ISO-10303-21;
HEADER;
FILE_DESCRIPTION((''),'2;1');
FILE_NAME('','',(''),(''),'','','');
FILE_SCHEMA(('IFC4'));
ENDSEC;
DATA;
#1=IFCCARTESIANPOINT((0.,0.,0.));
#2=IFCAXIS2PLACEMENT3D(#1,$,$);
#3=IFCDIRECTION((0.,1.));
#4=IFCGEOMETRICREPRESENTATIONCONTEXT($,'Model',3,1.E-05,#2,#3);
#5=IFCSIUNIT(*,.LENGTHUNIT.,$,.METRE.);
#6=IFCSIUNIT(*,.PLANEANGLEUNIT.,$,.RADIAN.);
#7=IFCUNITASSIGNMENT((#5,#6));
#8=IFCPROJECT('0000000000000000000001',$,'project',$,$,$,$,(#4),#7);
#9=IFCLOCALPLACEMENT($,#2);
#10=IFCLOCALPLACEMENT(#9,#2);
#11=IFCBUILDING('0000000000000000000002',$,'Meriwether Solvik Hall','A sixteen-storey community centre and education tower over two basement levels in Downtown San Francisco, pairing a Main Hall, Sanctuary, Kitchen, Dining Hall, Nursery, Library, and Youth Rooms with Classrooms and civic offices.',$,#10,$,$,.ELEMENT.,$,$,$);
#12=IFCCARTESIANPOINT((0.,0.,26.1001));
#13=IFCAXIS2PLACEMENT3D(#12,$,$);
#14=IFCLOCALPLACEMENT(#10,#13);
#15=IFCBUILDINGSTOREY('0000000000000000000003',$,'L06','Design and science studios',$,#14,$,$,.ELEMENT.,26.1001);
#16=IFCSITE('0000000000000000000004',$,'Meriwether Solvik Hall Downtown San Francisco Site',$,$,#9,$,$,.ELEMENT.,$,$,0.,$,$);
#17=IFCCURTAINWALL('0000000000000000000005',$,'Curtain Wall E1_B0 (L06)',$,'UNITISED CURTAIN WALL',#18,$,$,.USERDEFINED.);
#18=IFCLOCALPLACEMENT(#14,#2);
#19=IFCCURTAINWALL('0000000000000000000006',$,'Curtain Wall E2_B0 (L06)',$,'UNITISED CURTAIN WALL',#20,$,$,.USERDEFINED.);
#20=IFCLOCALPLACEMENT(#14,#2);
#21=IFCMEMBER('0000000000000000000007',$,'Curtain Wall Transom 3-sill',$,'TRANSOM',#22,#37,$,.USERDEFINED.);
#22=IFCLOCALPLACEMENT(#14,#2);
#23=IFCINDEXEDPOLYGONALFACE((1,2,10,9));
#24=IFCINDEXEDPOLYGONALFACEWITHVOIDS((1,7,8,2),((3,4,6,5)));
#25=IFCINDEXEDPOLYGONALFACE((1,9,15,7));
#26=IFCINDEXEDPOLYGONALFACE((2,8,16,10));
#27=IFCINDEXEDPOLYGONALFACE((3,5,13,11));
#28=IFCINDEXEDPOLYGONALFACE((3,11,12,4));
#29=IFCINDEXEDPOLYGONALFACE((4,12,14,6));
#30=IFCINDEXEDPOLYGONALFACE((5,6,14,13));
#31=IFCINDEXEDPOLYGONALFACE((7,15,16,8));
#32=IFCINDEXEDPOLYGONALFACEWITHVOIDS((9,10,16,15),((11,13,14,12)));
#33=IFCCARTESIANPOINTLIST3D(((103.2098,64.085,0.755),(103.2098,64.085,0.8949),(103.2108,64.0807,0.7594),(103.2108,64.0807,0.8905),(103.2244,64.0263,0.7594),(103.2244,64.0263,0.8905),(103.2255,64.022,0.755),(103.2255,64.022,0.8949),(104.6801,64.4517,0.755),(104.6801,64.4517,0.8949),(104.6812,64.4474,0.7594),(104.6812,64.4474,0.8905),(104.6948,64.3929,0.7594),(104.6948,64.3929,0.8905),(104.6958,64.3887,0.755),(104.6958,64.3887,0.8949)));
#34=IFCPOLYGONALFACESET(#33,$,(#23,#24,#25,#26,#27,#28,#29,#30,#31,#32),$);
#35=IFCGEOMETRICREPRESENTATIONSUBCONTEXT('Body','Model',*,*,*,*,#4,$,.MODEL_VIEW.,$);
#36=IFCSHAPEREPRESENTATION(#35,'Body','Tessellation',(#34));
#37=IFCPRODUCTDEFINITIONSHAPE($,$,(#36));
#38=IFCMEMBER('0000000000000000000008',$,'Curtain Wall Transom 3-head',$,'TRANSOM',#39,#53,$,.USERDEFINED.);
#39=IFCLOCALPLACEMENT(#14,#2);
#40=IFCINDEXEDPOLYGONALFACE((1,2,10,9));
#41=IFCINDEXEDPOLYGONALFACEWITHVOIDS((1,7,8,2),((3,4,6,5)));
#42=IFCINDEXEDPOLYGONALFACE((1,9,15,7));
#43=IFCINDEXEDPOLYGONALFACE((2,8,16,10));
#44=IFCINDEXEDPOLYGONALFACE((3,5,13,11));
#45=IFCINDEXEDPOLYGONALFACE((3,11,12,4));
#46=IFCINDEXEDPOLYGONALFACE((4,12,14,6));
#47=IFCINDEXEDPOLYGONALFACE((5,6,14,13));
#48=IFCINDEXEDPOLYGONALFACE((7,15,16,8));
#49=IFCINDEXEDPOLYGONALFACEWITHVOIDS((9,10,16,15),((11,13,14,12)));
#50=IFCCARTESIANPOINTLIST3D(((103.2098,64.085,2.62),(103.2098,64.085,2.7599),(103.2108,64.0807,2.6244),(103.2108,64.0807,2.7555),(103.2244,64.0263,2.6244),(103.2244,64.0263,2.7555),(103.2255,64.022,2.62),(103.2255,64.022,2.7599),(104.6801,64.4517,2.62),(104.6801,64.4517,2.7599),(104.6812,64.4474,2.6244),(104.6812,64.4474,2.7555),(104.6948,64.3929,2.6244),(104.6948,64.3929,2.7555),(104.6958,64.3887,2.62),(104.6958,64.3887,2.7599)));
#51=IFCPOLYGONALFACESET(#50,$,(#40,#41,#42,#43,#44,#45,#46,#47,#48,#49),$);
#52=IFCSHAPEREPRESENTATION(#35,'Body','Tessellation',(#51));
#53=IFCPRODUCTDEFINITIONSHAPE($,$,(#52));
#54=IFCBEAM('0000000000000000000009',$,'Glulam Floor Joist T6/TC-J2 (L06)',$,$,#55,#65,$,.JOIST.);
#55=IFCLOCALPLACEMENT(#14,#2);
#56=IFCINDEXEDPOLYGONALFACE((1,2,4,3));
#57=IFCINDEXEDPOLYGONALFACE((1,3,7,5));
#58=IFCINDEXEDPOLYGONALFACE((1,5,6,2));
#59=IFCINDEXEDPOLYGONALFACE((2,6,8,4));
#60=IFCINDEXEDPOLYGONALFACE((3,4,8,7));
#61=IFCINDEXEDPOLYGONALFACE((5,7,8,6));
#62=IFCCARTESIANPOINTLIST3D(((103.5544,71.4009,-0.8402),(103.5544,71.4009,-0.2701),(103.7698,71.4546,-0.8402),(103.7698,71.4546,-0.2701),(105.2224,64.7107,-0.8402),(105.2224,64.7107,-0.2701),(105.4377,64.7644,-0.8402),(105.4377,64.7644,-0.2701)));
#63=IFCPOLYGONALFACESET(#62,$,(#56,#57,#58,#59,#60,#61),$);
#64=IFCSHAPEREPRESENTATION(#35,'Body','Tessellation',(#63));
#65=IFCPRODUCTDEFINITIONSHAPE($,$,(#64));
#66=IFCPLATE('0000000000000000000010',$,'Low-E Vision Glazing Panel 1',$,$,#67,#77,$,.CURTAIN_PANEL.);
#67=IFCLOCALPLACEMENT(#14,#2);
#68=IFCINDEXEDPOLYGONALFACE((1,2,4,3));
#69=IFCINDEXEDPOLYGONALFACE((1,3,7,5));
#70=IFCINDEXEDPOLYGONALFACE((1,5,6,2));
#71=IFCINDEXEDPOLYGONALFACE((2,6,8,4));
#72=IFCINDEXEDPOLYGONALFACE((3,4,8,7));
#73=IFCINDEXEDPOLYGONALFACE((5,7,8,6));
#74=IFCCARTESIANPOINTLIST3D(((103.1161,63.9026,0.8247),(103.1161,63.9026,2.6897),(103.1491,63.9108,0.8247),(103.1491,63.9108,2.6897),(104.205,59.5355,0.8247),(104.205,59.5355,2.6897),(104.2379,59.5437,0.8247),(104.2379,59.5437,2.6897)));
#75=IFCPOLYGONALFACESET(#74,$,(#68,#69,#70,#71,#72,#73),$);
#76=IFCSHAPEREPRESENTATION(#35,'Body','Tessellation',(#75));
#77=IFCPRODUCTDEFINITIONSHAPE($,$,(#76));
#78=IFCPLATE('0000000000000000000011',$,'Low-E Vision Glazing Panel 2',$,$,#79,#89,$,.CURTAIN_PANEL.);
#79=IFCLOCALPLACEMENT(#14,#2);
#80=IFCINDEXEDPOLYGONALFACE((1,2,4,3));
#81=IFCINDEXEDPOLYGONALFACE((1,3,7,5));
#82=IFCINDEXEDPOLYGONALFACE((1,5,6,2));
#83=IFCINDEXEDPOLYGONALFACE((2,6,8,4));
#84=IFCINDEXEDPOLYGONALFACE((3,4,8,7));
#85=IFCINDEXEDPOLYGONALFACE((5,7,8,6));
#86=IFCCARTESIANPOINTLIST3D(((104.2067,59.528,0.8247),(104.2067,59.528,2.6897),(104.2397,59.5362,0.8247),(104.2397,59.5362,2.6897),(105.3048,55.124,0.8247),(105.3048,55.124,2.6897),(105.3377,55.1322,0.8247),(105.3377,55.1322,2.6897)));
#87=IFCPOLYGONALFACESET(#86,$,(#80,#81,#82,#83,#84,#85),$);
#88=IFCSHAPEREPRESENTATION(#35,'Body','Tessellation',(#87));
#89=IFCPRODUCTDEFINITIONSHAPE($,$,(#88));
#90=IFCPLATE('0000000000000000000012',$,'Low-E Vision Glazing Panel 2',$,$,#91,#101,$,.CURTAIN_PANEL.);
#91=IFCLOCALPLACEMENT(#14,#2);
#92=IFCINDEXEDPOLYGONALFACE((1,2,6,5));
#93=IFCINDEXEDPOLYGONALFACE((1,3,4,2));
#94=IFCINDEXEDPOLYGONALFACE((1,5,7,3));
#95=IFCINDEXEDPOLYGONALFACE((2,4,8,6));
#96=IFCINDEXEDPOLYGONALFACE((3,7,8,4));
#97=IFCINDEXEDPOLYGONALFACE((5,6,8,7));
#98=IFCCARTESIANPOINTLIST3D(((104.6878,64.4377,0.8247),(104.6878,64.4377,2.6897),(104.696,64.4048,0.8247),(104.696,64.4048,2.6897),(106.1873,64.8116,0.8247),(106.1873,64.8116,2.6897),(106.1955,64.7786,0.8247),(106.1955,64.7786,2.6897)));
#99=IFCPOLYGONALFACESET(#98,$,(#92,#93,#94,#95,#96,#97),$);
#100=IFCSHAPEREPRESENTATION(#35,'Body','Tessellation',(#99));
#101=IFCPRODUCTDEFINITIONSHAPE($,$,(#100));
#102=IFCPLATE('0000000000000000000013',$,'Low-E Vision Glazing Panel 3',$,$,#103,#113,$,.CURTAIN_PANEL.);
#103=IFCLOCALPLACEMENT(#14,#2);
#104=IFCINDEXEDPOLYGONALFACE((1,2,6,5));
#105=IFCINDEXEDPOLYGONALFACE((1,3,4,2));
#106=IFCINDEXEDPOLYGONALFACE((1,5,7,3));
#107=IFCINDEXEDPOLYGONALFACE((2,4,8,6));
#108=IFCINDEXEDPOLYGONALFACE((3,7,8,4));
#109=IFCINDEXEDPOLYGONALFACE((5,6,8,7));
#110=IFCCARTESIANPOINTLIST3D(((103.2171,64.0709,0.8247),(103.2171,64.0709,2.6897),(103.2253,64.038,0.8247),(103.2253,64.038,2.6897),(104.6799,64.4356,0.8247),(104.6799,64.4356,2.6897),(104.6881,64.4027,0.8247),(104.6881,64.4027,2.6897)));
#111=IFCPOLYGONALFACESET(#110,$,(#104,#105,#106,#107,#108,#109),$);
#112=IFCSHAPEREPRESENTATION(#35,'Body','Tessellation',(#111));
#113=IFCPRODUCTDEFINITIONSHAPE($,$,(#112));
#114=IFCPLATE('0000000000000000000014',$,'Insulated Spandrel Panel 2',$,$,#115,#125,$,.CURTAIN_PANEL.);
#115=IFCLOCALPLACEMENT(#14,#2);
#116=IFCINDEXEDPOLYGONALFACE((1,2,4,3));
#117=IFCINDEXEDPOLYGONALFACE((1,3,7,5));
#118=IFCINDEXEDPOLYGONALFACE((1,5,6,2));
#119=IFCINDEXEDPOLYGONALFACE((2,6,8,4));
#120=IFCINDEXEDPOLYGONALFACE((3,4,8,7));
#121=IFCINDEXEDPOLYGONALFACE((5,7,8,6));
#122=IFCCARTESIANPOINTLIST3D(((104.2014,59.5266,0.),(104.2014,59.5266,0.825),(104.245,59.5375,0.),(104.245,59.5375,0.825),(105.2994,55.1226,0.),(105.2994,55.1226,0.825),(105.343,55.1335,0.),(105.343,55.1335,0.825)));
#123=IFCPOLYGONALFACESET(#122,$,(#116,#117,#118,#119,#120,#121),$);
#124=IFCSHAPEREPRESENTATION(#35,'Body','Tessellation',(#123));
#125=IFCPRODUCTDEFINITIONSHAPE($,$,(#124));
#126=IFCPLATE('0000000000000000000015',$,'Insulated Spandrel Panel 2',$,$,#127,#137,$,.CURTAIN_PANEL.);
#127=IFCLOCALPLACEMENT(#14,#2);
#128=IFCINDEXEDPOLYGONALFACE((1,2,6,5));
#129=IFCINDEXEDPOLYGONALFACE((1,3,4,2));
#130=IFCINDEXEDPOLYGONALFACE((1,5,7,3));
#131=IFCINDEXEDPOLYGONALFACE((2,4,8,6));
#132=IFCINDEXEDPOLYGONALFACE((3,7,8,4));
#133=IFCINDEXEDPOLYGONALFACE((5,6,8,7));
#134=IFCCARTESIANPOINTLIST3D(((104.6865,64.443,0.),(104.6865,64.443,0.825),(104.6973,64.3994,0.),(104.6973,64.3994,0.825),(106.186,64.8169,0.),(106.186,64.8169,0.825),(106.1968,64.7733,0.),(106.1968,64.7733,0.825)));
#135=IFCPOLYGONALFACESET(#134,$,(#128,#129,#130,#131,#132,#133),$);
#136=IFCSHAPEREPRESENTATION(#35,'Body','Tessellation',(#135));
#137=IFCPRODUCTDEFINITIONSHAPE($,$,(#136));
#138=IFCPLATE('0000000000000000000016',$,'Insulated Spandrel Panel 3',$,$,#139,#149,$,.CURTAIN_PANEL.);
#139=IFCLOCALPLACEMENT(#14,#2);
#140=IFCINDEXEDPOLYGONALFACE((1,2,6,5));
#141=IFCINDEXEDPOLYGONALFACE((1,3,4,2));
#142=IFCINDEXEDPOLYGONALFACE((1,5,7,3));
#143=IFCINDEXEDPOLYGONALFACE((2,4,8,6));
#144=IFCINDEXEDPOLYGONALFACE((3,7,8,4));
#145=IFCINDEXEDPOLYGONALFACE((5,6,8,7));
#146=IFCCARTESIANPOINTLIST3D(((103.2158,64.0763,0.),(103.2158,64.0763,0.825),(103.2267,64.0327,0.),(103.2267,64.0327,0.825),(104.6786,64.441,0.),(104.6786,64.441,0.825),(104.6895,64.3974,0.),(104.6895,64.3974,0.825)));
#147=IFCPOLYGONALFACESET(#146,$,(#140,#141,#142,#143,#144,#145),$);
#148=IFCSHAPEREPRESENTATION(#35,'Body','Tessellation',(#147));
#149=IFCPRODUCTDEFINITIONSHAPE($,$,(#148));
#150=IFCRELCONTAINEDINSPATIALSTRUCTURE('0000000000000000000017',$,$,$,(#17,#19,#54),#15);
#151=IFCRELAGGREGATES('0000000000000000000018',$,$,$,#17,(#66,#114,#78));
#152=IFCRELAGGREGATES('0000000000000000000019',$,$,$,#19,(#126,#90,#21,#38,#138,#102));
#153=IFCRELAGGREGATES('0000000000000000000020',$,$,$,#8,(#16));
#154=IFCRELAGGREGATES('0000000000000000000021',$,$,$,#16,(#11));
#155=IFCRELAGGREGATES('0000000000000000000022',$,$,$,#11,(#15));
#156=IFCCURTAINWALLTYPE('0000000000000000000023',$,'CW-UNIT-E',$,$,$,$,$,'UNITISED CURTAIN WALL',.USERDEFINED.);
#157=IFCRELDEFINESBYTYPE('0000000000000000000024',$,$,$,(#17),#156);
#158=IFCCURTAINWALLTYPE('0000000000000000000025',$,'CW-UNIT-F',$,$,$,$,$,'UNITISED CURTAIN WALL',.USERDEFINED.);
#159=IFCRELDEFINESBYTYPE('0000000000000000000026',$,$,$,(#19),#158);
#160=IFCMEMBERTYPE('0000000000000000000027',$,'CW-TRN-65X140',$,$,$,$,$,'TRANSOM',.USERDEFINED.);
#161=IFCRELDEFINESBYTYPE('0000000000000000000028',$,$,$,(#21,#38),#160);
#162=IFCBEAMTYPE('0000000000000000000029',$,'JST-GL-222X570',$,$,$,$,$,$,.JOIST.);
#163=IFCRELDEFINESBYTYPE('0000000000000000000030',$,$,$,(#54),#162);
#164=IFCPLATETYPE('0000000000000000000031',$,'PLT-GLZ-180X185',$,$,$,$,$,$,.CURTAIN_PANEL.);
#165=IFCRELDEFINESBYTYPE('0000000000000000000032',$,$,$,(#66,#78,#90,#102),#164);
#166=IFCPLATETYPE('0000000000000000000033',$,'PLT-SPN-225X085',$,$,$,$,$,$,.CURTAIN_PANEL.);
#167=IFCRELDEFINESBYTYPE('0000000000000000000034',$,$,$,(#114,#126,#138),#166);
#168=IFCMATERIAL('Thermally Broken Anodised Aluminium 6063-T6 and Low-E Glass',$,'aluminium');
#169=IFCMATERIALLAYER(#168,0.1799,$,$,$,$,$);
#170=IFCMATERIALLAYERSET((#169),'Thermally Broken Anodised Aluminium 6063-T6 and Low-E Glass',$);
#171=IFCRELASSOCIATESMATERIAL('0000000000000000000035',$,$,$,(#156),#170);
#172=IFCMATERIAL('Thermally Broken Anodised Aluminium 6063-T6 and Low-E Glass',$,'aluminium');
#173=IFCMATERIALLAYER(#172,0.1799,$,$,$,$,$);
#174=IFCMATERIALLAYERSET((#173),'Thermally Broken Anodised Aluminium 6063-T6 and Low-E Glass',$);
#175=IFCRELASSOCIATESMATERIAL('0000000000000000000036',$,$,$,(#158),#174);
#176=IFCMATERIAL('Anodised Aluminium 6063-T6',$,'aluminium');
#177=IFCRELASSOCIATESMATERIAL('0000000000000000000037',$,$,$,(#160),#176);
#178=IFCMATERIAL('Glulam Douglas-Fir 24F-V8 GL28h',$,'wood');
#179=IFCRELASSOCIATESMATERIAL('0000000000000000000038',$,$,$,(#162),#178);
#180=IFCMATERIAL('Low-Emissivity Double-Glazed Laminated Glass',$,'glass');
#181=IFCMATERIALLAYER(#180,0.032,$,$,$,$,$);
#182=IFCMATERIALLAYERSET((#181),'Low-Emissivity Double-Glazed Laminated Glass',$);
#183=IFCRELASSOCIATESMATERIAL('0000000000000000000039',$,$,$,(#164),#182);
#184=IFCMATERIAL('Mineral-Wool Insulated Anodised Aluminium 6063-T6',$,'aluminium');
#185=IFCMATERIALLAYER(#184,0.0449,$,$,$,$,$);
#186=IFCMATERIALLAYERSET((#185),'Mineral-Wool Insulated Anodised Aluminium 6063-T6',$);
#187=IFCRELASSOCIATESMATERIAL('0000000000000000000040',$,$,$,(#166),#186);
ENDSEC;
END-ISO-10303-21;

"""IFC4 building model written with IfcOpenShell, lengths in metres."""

from ifc_helpers import new_model, si_unit, direction, frame, origin, origin_2d, place, context, subcontext, project, spatial, rectangle, hollow_rectangle, extrude, material, layer, layer_set, material_profile, profile_set, type_object, element, aggregate, save


model = new_model("IFC4")

# Units and contexts
model_context = context("Model", 3, precision=1e-05, world=origin(), true_north=direction((0.0, 1.0)))
body_context = subcontext(model_context, "Body", "Model", "MODEL_VIEW")
ifc_project = project(units=[si_unit("LENGTHUNIT", "METRE"), si_unit("PLANEANGLEUNIT", "RADIAN")], contexts=[model_context])

# Site, building, storey
site_placement = place(None, origin())
site = spatial("IfcSite", under=ifc_project, at=site_placement, Name="Meriwether Solvik Hall Downtown San Francisco Site", CompositionType="ELEMENT", RefElevation=0.0)
building_placement = place(site_placement, origin())
building = spatial("IfcBuilding", under=site, at=building_placement, Name="Meriwether Solvik Hall", Description="A sixteen-storey community centre and education tower over two basement levels in Downtown San Francisco, pairing a Main Hall, Sanctuary, Kitchen, Dining Hall, Nursery, Library, and Youth Rooms with Classrooms and civic offices.", CompositionType="ELEMENT")
storey_placement = place(building_placement, frame((0.0, 0.0, 26.1001)))
storey = spatial("IfcBuildingStorey", under=building, at=storey_placement, Name="L06", Description="Design and science studios", CompositionType="ELEMENT", Elevation=26.1001)

# Curtain wall
ifc_material_1 = material(Name="Thermally Broken Anodised Aluminium 6063-T6 and Low-E Glass", Category="aluminium")
ifc_layer_1 = layer(ifc_material_1, 0.1799)
ifc_layer_set_1 = layer_set([ifc_layer_1], Name="Thermally Broken Anodised Aluminium 6063-T6 and Low-E Glass")
curtain_wall_type_1 = type_object("IfcCurtainWallType", Name="CW-UNIT-E", ElementType="UNITISED CURTAIN WALL", PredefinedType="USERDEFINED", material=ifc_layer_set_1)
curtain_wall_1_placement = place(storey_placement, origin())
curtain_wall_1 = element("IfcCurtainWall", 1, at=curtain_wall_1_placement, inside=storey, type_object=curtain_wall_type_1, Name="Curtain Wall E1_B0 (L06)", ObjectType="UNITISED CURTAIN WALL", PredefinedType="USERDEFINED")

# Curtain wall
ifc_material_2 = material(Name="Thermally Broken Anodised Aluminium 6063-T6 and Low-E Glass", Category="aluminium")
ifc_layer_2 = layer(ifc_material_2, 0.1799)
ifc_layer_set_2 = layer_set([ifc_layer_2], Name="Thermally Broken Anodised Aluminium 6063-T6 and Low-E Glass")
curtain_wall_type_2 = type_object("IfcCurtainWallType", Name="CW-UNIT-F", ElementType="UNITISED CURTAIN WALL", PredefinedType="USERDEFINED", material=ifc_layer_set_2)
curtain_wall_2_placement = place(storey_placement, origin())
curtain_wall_2 = element("IfcCurtainWall", 2, at=curtain_wall_2_placement, inside=storey, type_object=curtain_wall_type_2, Name="Curtain Wall E2_B0 (L06)", ObjectType="UNITISED CURTAIN WALL", PredefinedType="USERDEFINED")

# Members
ifc_material_3 = material(Name="Anodised Aluminium 6063-T6", Category="aluminium")
ifc_material_profile_1 = material_profile(ifc_material_3, hollow_rectangle(XDim=0.0649, YDim=0.1399, WallThickness=0.0044, at=origin_2d()), Name="CWT-65X140")
ifc_profile_set_1 = profile_set([ifc_material_profile_1], Name="Anodised Aluminium 6063-T6")
member_type_1 = type_object("IfcMemberType", Name="CW-TRN-65X140", ElementType="TRANSOM", PredefinedType="USERDEFINED", material=ifc_profile_set_1)
member_1_placement = place(storey_placement, frame((104.688, 64.4202, 0.825), z_axis=(-0.970284, -0.241967, 0.0), x_axis=(0.241967, -0.970284, 0.0)))
member_1 = element("IfcMember", 3, at=member_1_placement, type_object=member_type_1, Name="Curtain Wall Transom 3-sill", ObjectType="TRANSOM", PredefinedType="USERDEFINED", context=body_context, shape_type="SweptSolid", body=[
    extrude(hollow_rectangle(XDim=0.0649, YDim=0.1399, WallThickness=0.0044, at=origin_2d()), origin(), (0.0, 0.0, 1.0), 1.5154),
])
member_2_placement = place(storey_placement, frame((104.688, 64.4202, 2.6899), z_axis=(-0.970284, -0.241967, 0.0), x_axis=(0.241967, -0.970284, 0.0)))
member_2 = element("IfcMember", 4, at=member_2_placement, type_object=member_type_1, Name="Curtain Wall Transom 3-head", ObjectType="TRANSOM", PredefinedType="USERDEFINED", context=body_context, shape_type="SweptSolid", body=[
    extrude(hollow_rectangle(XDim=0.0649, YDim=0.1399, WallThickness=0.0044, at=origin_2d()), origin(), (0.0, 0.0, 1.0), 1.5154),
])

# Beam
ifc_material_4 = material(Name="Glulam Douglas-Fir 24F-V8 GL28h", Category="wood")
ifc_material_profile_2 = material_profile(ifc_material_4, rectangle(XDim=0.2219, YDim=0.5701, at=origin_2d()), Name="GLJ-222X570")
ifc_profile_set_2 = profile_set([ifc_material_profile_2], Name="Glulam Douglas-Fir 24F-V8 GL28h")
beam_type_1 = type_object("IfcBeamType", Name="JST-GL-222X570", PredefinedType="JOIST", material=ifc_profile_set_2)
beam_1_placement = place(storey_placement, frame((105.3301, 64.7375, -0.5552), z_axis=(-0.241911, 0.970299, 0.0), x_axis=(-0.970299, -0.241911, 0.0)))
element("IfcBeam", 5, at=beam_1_placement, inside=storey, type_object=beam_type_1, Name="Glulam Floor Joist T6/TC-J2 (L06)", PredefinedType="JOIST", context=body_context, shape_type="SweptSolid", body=[
    extrude(rectangle(XDim=0.2219, YDim=0.5701, at=origin_2d()), origin(), (0.0, 0.0, 1.0), 6.895),
])

# Plates
ifc_material_5 = material(Name="Low-Emissivity Double-Glazed Laminated Glass", Category="glass")
ifc_layer_3 = layer(ifc_material_5, 0.032)
ifc_layer_set_3 = layer_set([ifc_layer_3], Name="Low-Emissivity Double-Glazed Laminated Glass")
plate_type_1 = type_object("IfcPlateType", Name="PLT-GLZ-180X185", PredefinedType="CURTAIN_PANEL", material=ifc_layer_set_3)
plate_1_placement = place(storey_placement, frame((103.677, 61.7231, 0.8247), z_axis=(0.0, 0.0, 1.0), x_axis=(0.241922, -0.970296, 0.0)))
plate_1 = element("IfcPlate", 6, at=plate_1_placement, type_object=plate_type_1, Name="Low-E Vision Glazing Panel 1", PredefinedType="CURTAIN_PANEL", context=body_context, shape_type="SweptSolid", body=[
    extrude(rectangle(XDim=4.5007, YDim=0.0339, at=origin_2d()), origin(), (0.0, 0.0, 1.0), 1.865),
])
plate_2_placement = place(storey_placement, frame((104.7722, 57.3301, 0.8247), z_axis=(0.0, 0.0, 1.0), x_axis=(0.241922, -0.970296, 0.0)))
plate_2 = element("IfcPlate", 7, at=plate_2_placement, type_object=plate_type_1, Name="Low-E Vision Glazing Panel 2", PredefinedType="CURTAIN_PANEL", context=body_context, shape_type="SweptSolid", body=[
    extrude(rectangle(XDim=4.5388, YDim=0.0339, at=origin_2d()), origin(), (0.0, 0.0, 1.0), 1.865),
])
plate_3_placement = place(storey_placement, frame((105.4417, 64.6082, 0.8247), z_axis=(0.0, 0.0, 1.0), x_axis=(-0.970296, -0.241922, 0.0)))
plate_3 = element("IfcPlate", 8, at=plate_3_placement, type_object=plate_type_1, Name="Low-E Vision Glazing Panel 2", PredefinedType="CURTAIN_PANEL", context=body_context, shape_type="SweptSolid", body=[
    extrude(rectangle(XDim=1.5454, YDim=0.0339, at=origin_2d()), origin(), (0.0, 0.0, 1.0), 1.865),
])
plate_4_placement = place(storey_placement, frame((103.9526, 64.2368, 0.8247), z_axis=(0.0, 0.0, 1.0), x_axis=(-0.970296, -0.241922, 0.0)))
plate_4 = element("IfcPlate", 9, at=plate_4_placement, type_object=plate_type_1, Name="Low-E Vision Glazing Panel 3", PredefinedType="CURTAIN_PANEL", context=body_context, shape_type="SweptSolid", body=[
    extrude(rectangle(XDim=1.5076, YDim=0.0339, at=origin_2d()), origin(), (0.0, 0.0, 1.0), 1.865),
])
ifc_material_6 = material(Name="Mineral-Wool Insulated Anodised Aluminium 6063-T6", Category="aluminium")
ifc_layer_4 = layer(ifc_material_6, 0.0449)
ifc_layer_set_4 = layer_set([ifc_layer_4], Name="Mineral-Wool Insulated Anodised Aluminium 6063-T6")
plate_type_2 = type_object("IfcPlateType", Name="PLT-SPN-225X085", PredefinedType="CURTAIN_PANEL", material=ifc_layer_set_4)
plate_5_placement = place(storey_placement, frame((104.7722, 57.3301, 0.0), z_axis=(0.0, 0.0, 1.0), x_axis=(0.241922, -0.970296, 0.0)))
plate_5 = element("IfcPlate", 10, at=plate_5_placement, type_object=plate_type_2, Name="Insulated Spandrel Panel 2", PredefinedType="CURTAIN_PANEL", context=body_context, shape_type="SweptSolid", body=[
    extrude(rectangle(XDim=4.5388, YDim=0.0449, at=origin_2d()), origin(), (0.0, 0.0, 1.0), 0.825),
])
aggregate(curtain_wall_1, [plate_1, plate_5, plate_2])
plate_6_placement = place(storey_placement, frame((105.4417, 64.6082, 0.0), z_axis=(0.0, 0.0, 1.0), x_axis=(-0.970296, -0.241922, 0.0)))
plate_6 = element("IfcPlate", 11, at=plate_6_placement, type_object=plate_type_2, Name="Insulated Spandrel Panel 2", PredefinedType="CURTAIN_PANEL", context=body_context, shape_type="SweptSolid", body=[
    extrude(rectangle(XDim=1.5454, YDim=0.0449, at=origin_2d()), origin(), (0.0, 0.0, 1.0), 0.825),
])
plate_7_placement = place(storey_placement, frame((103.9526, 64.2368, 0.0), z_axis=(0.0, 0.0, 1.0), x_axis=(-0.970296, -0.241922, 0.0)))
plate_7 = element("IfcPlate", 12, at=plate_7_placement, type_object=plate_type_2, Name="Insulated Spandrel Panel 3", PredefinedType="CURTAIN_PANEL", context=body_context, shape_type="SweptSolid", body=[
    extrude(rectangle(XDim=1.5076, YDim=0.0449, at=origin_2d()), origin(), (0.0, 0.0, 1.0), 0.825),
])
aggregate(curtain_wall_2, [plate_6, plate_3, member_1, member_2, plate_7, plate_4])

save(model, "model.ifc")
